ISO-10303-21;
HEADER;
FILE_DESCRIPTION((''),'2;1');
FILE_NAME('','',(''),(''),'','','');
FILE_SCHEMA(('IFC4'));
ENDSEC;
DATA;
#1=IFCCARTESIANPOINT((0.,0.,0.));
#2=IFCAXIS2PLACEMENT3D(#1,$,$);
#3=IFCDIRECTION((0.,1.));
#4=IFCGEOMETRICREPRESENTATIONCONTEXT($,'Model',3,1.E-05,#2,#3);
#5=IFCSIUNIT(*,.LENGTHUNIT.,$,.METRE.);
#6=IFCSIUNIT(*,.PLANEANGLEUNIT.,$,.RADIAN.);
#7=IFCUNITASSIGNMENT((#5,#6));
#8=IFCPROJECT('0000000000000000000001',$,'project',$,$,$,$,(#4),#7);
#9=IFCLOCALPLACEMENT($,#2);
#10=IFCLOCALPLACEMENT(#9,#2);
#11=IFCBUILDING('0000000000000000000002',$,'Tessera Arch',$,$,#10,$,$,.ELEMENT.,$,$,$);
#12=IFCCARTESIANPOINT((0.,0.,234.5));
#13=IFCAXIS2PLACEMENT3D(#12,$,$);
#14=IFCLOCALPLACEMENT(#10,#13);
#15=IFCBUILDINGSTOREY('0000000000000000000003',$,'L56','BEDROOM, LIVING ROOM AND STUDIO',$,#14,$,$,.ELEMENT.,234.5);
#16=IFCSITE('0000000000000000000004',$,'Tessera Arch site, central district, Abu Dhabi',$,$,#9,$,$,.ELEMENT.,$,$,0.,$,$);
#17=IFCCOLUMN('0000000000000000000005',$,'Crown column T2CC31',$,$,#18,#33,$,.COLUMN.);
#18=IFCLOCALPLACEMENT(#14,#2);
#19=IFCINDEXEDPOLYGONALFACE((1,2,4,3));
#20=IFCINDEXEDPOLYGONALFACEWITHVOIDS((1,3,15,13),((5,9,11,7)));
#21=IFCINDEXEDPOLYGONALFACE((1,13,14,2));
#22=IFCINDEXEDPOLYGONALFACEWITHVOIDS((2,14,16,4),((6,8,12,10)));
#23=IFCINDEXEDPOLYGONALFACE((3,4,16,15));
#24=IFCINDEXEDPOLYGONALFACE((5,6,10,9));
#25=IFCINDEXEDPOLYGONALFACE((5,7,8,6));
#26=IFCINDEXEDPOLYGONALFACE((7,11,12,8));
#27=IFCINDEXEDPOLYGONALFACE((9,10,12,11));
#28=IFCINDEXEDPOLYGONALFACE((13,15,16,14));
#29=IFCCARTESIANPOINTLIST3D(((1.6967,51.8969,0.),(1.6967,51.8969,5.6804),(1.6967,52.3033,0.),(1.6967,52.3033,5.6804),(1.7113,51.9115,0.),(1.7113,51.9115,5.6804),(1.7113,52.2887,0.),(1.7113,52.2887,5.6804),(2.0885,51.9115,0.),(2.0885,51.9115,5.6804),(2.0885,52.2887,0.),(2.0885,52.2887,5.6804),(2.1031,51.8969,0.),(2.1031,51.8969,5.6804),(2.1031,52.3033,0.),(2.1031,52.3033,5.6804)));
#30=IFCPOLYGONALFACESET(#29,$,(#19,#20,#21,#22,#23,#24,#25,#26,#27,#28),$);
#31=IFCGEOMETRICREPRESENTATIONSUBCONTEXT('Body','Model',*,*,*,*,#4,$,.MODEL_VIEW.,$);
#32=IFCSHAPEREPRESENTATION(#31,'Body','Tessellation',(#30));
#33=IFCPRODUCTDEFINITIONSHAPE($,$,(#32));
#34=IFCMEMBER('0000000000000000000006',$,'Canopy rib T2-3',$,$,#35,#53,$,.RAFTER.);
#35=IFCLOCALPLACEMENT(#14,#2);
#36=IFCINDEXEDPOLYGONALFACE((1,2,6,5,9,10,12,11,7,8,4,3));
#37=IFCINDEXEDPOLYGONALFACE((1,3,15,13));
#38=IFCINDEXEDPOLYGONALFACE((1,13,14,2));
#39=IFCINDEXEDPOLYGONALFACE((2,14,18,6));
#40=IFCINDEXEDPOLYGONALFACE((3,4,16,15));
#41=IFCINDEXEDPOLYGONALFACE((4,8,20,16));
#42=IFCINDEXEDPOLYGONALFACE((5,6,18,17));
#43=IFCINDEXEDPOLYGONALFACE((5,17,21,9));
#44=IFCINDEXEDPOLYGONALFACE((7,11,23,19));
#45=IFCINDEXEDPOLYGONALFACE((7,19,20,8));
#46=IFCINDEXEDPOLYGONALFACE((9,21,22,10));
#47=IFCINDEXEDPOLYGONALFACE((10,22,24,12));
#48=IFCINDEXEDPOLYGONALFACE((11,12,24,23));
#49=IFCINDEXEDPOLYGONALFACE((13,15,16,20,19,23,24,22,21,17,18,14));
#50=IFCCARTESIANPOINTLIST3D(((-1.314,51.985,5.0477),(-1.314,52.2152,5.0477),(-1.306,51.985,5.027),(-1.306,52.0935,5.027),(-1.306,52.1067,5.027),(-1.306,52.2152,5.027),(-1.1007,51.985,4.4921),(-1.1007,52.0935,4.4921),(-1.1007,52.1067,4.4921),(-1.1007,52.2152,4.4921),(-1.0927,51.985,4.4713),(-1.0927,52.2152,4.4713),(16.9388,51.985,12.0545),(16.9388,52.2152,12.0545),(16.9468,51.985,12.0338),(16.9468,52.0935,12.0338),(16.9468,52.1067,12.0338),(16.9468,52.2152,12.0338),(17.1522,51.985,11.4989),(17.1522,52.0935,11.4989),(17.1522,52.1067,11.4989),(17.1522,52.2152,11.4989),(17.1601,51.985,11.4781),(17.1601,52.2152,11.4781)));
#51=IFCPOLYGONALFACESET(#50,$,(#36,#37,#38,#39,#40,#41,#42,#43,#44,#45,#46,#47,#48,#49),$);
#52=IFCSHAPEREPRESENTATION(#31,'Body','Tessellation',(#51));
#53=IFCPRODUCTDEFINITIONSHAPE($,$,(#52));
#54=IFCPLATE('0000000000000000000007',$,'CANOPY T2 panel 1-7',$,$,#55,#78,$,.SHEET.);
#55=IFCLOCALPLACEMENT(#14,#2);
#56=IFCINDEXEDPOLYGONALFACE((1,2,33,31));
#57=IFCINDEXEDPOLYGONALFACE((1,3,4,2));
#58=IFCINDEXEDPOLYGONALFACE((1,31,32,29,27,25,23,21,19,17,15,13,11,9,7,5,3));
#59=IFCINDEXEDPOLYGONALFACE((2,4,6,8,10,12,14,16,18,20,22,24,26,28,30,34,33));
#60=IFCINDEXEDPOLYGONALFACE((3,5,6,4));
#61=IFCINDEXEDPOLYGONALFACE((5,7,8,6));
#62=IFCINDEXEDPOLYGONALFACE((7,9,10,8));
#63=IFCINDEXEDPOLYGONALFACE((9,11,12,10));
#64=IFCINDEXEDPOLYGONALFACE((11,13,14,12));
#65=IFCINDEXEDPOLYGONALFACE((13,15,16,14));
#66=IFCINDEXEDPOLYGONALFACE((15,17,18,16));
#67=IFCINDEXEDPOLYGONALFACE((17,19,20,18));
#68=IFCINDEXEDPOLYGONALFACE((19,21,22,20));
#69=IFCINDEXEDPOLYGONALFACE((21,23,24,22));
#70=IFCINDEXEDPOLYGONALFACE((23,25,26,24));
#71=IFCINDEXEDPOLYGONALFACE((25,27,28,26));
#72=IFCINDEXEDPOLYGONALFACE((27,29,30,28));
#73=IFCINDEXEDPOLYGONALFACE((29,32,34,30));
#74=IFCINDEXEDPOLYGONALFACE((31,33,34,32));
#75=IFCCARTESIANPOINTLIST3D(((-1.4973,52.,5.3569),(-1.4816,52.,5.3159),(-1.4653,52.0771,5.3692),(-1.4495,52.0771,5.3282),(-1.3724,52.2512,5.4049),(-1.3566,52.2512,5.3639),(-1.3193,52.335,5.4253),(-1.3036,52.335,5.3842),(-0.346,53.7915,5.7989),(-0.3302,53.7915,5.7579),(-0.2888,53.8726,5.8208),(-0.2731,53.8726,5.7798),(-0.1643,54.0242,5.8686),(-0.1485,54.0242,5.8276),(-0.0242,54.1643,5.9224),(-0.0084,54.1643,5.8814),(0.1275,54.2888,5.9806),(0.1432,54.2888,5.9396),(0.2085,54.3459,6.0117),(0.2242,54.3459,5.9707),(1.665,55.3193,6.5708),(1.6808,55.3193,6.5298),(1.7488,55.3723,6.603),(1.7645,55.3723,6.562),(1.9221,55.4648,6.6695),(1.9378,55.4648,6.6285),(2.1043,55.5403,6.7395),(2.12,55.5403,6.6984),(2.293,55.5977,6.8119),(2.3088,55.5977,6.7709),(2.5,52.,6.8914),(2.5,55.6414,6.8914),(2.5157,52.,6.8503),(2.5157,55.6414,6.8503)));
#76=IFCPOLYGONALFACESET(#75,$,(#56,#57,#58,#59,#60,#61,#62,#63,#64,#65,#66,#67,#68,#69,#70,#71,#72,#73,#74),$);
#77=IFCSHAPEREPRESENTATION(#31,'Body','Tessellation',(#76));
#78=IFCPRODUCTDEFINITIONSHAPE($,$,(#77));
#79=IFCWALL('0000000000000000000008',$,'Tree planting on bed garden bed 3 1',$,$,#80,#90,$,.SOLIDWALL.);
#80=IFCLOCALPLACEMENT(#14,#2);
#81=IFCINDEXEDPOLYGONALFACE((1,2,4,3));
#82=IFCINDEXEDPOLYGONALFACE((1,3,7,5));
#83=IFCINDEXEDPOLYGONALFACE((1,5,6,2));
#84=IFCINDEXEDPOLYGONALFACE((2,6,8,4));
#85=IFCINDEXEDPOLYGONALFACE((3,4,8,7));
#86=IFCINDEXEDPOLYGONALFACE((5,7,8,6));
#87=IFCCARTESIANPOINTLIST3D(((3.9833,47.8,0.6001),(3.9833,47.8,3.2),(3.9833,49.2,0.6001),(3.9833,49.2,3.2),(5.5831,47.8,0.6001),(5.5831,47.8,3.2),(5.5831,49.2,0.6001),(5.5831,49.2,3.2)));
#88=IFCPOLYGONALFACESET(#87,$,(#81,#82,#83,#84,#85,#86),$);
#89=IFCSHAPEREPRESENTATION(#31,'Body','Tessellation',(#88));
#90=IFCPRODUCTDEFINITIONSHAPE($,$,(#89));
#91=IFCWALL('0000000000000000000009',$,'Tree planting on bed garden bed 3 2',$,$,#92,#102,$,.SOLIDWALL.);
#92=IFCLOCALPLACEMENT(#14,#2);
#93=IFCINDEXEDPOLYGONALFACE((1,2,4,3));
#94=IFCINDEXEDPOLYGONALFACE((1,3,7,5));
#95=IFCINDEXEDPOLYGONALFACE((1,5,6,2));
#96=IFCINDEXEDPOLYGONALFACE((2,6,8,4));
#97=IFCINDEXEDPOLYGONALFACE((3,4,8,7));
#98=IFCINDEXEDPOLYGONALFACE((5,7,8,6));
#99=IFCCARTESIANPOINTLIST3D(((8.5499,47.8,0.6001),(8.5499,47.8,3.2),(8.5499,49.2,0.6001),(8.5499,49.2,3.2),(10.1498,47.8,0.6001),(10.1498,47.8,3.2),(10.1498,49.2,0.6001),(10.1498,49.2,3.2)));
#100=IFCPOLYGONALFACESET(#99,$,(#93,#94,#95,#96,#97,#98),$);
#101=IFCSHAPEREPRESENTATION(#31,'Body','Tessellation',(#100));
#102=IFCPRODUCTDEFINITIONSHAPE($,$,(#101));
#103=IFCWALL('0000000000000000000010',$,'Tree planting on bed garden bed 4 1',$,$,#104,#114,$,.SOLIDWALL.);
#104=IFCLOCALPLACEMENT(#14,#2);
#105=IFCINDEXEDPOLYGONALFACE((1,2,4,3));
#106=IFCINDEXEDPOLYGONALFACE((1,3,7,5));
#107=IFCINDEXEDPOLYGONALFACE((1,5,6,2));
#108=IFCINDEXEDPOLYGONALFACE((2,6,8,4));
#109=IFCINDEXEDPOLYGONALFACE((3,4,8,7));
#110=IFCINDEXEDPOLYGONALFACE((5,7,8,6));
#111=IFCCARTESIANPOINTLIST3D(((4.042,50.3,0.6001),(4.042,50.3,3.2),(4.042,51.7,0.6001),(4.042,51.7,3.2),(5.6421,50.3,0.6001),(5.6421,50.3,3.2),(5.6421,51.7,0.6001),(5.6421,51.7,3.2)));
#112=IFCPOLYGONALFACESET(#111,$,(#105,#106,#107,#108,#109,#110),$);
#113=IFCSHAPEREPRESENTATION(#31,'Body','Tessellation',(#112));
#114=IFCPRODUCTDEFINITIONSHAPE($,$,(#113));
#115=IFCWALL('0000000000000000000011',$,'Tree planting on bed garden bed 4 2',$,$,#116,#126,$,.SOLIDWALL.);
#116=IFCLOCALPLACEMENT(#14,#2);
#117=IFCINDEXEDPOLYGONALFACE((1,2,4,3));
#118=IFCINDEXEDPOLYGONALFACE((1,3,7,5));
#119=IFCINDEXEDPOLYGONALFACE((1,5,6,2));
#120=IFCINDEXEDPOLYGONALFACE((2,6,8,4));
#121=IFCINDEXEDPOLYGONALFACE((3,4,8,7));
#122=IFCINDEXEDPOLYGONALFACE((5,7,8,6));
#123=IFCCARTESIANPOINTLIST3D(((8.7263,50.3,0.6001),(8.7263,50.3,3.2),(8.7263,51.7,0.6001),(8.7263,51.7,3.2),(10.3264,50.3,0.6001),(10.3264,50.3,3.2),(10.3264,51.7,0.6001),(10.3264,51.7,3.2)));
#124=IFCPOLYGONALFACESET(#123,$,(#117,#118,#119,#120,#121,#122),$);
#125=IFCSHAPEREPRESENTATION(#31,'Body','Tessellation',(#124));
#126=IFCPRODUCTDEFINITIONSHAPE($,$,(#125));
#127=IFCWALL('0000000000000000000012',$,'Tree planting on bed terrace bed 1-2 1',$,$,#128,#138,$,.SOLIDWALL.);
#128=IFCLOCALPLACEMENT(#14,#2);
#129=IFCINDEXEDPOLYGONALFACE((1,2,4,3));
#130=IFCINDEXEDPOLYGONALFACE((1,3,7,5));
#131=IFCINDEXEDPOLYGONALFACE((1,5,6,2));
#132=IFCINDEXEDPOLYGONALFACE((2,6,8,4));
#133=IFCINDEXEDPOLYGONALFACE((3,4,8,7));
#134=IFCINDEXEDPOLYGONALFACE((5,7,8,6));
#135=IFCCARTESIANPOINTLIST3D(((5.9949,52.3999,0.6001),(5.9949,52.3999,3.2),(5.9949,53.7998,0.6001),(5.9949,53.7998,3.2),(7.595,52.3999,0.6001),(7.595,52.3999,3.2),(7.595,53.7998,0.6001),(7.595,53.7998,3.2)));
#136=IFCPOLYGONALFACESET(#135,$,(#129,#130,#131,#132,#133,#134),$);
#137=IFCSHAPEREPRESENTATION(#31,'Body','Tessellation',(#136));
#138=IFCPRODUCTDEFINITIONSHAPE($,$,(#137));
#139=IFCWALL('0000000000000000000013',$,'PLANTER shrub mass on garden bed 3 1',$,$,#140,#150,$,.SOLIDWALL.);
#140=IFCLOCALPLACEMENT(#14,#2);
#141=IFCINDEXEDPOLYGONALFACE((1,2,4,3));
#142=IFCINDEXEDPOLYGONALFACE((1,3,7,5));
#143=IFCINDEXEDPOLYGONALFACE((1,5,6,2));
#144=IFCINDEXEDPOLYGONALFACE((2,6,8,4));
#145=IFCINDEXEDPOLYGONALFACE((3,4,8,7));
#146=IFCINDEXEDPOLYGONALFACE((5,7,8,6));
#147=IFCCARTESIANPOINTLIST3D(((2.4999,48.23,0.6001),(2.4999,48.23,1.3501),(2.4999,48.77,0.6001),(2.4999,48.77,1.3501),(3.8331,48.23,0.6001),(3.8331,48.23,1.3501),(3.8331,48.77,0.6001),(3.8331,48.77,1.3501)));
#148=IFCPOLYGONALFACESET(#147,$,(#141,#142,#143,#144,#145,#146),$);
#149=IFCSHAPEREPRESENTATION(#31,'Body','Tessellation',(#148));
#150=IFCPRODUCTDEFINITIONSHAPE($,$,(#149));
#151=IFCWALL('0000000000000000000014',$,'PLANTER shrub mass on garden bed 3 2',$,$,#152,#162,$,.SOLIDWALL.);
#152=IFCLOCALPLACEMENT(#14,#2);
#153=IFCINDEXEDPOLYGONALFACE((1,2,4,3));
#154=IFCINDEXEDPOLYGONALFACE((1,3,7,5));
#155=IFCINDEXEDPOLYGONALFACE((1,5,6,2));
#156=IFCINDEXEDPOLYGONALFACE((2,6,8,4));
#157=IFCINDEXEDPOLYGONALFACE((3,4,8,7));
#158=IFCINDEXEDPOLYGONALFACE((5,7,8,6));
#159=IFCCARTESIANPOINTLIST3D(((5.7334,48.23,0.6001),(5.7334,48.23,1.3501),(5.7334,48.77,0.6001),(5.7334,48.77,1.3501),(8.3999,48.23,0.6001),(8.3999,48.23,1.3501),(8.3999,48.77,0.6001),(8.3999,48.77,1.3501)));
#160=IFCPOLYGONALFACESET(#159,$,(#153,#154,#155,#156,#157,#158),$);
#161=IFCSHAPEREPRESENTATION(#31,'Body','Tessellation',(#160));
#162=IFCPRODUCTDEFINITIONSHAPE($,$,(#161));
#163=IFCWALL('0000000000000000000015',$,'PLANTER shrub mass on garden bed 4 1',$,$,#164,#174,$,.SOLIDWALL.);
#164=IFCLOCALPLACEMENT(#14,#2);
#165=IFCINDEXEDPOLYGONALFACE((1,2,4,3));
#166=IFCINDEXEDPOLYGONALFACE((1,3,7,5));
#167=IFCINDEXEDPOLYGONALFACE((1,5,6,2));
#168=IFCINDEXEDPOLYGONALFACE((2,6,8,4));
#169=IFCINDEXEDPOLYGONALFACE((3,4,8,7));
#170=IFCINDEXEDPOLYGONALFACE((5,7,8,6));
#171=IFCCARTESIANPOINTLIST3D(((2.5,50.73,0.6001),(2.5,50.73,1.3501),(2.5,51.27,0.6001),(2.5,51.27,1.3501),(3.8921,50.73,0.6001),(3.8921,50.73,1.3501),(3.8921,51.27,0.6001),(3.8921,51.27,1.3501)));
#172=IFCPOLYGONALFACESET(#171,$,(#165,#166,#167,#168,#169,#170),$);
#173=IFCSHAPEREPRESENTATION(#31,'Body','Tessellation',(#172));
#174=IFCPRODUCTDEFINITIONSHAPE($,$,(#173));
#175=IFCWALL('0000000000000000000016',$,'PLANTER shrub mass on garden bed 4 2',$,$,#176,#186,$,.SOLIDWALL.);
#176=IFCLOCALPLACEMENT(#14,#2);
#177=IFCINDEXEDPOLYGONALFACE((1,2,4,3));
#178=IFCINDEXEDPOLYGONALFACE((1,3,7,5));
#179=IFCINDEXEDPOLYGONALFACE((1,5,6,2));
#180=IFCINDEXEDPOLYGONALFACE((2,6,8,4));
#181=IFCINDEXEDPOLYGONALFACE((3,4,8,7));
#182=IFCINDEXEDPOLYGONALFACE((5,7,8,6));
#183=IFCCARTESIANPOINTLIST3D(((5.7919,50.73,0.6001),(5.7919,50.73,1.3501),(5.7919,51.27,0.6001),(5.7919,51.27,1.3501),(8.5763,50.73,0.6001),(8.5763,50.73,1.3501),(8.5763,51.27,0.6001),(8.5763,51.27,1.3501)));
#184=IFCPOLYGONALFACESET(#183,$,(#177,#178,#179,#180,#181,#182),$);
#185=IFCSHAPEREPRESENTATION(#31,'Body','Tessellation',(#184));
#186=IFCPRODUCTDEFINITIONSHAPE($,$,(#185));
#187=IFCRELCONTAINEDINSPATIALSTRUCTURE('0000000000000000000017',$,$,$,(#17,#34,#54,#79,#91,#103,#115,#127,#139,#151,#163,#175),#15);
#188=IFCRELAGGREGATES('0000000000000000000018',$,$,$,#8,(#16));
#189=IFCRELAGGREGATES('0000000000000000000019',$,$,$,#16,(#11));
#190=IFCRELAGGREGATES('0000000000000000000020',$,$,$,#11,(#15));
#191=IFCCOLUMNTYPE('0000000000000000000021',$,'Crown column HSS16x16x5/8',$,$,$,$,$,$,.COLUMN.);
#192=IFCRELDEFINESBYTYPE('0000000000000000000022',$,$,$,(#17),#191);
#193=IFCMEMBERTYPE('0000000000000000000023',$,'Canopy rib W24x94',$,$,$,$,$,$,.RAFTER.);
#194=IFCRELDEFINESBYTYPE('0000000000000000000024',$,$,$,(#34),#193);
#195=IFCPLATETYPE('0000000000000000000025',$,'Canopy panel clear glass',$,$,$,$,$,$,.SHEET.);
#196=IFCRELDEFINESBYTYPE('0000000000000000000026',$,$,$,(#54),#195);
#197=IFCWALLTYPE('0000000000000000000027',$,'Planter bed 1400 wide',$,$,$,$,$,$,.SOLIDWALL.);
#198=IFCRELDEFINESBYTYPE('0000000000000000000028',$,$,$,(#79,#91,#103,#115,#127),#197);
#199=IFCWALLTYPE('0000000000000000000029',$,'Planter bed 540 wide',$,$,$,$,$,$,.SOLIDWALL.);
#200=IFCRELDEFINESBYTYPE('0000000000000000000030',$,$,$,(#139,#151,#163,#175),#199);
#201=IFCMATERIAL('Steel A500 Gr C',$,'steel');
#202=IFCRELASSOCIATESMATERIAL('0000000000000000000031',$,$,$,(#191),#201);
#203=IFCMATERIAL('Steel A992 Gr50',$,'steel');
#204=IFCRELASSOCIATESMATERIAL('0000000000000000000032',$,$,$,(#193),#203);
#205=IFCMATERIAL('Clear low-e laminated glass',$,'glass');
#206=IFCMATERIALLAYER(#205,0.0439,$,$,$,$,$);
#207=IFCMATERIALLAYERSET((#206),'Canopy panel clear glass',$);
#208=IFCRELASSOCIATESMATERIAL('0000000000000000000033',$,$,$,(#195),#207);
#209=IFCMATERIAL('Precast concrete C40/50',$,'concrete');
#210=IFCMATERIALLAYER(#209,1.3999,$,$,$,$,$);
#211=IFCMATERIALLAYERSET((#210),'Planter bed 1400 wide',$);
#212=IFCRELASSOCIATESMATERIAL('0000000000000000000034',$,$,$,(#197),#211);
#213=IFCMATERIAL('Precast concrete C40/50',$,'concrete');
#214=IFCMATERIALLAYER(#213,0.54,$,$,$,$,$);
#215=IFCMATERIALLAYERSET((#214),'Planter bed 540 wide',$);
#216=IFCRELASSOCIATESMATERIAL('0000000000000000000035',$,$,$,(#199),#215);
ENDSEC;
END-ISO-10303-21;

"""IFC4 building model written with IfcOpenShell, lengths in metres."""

from ifc_helpers import new_model, si_unit, direction, frame, frame_2d, origin, origin_2d, place, context, subcontext, project, spatial, polyline, rectangle, hollow_rectangle, i_section, outline, extrude, material, layer, layer_set, material_profile, profile_set, type_object, element, save


model = new_model("IFC4")

# Units and contexts
model_context = context("Model", 3, precision=1e-05, world=origin(), true_north=direction((0.0, 1.0)))
body_context = subcontext(model_context, "Body", "Model", "MODEL_VIEW")
ifc_project = project(units=[si_unit("LENGTHUNIT", "METRE"), si_unit("PLANEANGLEUNIT", "RADIAN")], contexts=[model_context])

# Site, building, storey
site_placement = place(None, origin())
site = spatial("IfcSite", under=ifc_project, at=site_placement, Name="Tessera Arch site, central district, Abu Dhabi", CompositionType="ELEMENT", RefElevation=0.0)
building_placement = place(site_placement, origin())
building = spatial("IfcBuilding", under=site, at=building_placement, Name="Tessera Arch", CompositionType="ELEMENT")
storey_placement = place(building_placement, frame((0.0, 0.0, 234.5)))
storey = spatial("IfcBuildingStorey", under=building, at=storey_placement, Name="L56", Description="BEDROOM, LIVING ROOM AND STUDIO", CompositionType="ELEMENT", Elevation=234.5)

# Column
ifc_material_1 = material(Name="Steel A500 Gr C", Category="steel")
ifc_material_profile_1 = material_profile(ifc_material_1, hollow_rectangle(XDim=0.4065, YDim=0.4065, WallThickness=0.0146, at=origin_2d()), Name="HSS16x16x5/8")
ifc_profile_set_1 = profile_set([ifc_material_profile_1], Name="Steel A500 Gr C")
column_type = type_object("IfcColumnType", Name="Crown column HSS16x16x5/8", PredefinedType="COLUMN", material=ifc_profile_set_1)
column_placement = place(storey_placement, frame((1.8999, 52.1001, 0.0), z_axis=(0.0, 0.0, 1.0), x_axis=(1.0, 0.0, 0.0)))
element("IfcColumn", 1, at=column_placement, inside=storey, type_object=column_type, Name="Crown column T2CC31", PredefinedType="COLUMN", context=body_context, shape_type="SweptSolid", body=[
    extrude(hollow_rectangle(XDim=0.4065, YDim=0.4065, WallThickness=0.0146, at=origin_2d()), origin(), (0.0, 0.0, 1.0), 5.6804),
])

# Member
ifc_material_2 = material(Name="Steel A992 Gr50", Category="steel")
ifc_material_profile_2 = material_profile(ifc_material_2, i_section(OverallWidth=0.2302, OverallDepth=0.6174, WebThickness=0.0132, FlangeThickness=0.0222, at=origin_2d()), Name="W24x94")
ifc_profile_set_2 = profile_set([ifc_material_profile_2], Name="Steel A992 Gr50")
member_type = type_object("IfcMemberType", Name="Canopy rib W24x94", PredefinedType="RAFTER", material=ifc_profile_set_2)
member_placement = place(storey_placement, frame((-1.2034, 52.1001, 4.7595), z_axis=(0.933577, 0.0, 0.358377), x_axis=(0.0, 1.0, 0.0)))
element("IfcMember", 2, at=member_placement, inside=storey, type_object=member_type, Name="Canopy rib T2-3", PredefinedType="RAFTER", context=body_context, shape_type="SweptSolid", body=[
    extrude(i_section(OverallWidth=0.2302, OverallDepth=0.6174, WebThickness=0.0132, FlangeThickness=0.0222, at=origin_2d()), origin(), (0.0, 0.0, 1.0), 19.5515),
])

# Plate
ifc_material_3 = material(Name="Clear low-e laminated glass", Category="glass")
ifc_layer_1 = layer(ifc_material_3, 0.0439)
ifc_layer_set_1 = layer_set([ifc_layer_1], Name="Canopy panel clear glass")
plate_type = type_object("IfcPlateType", Name="Canopy panel clear glass", PredefinedType="SHEET", material=ifc_layer_set_1)
plate_placement = place(storey_placement, frame((-1.4973, 52.0, 5.3569), z_axis=(-0.358372, 0.000003, 0.933579), x_axis=(0.933579, 0.0, 0.358372)))
element("IfcPlate", 3, at=plate_placement, inside=storey, type_object=plate_type, Name="CANOPY T2 panel 1-7", PredefinedType="SHEET", context=body_context, shape_type="SweptSolid", body=[
    extrude(outline(polyline([(0.0, 0.0), (4.2817, 0.0), (4.2817, 3.6414), (4.06, 3.5977), (3.8578, 3.5403), (3.6627, 3.4648), (3.477, 3.3723), (3.3873, 3.3193), (1.8272, 2.3459), (1.7404, 2.2888), (1.5779, 2.1643), (1.4279, 2.0242), (1.2945, 1.8726), (1.2333, 1.7915), (0.1907, 0.335), (0.1338, 0.2512), (0.0343, 0.0771), (0.0, 0.0)])), origin(), (0.0, 0.0, -1.0), 0.0439),
])

# Walls
ifc_material_4 = material(Name="Precast concrete C40/50", Category="concrete")
ifc_layer_2 = layer(ifc_material_4, 1.3999)
ifc_layer_set_2 = layer_set([ifc_layer_2], Name="Planter bed 1400 wide")
wall_type_1 = type_object("IfcWallType", Name="Planter bed 1400 wide", PredefinedType="SOLIDWALL", material=ifc_layer_set_2)
for number, where, z_axis, x_axis, name in (
    (4, (3.9834, 48.5, 0.6001), (0.0, 0.0, 1.0), (1.0, 0.0, 0.0), "Tree planting on bed garden bed 3 1"),
    (5, (8.55, 48.5, 0.6001), (0.0, 0.0, 1.0), (1.0, 0.0, 0.0), "Tree planting on bed garden bed 3 2"),
):
    element("IfcWall", number, at=place(storey_placement, frame(where, z_axis=z_axis, x_axis=x_axis)), inside=storey, type_object=wall_type_1, Name=name, PredefinedType="SOLIDWALL", context=body_context, shape_type="SweptSolid", body=[
        extrude(rectangle(XDim=1.5999, YDim=1.3999, at=frame_2d((0.7998, 0.0))), origin(), (0.0, 0.0, 1.0), 2.5999),
    ])
for number, where, z_axis, x_axis, name in (
    (6, (4.042, 51.0, 0.6001), (0.0, 0.0, 1.0), (1.0, 0.0, 0.0), "Tree planting on bed garden bed 4 1"),
    (7, (8.7263, 51.0, 0.6001), (0.0, 0.0, 1.0), (1.0, 0.0, 0.0), "Tree planting on bed garden bed 4 2"),
    (8, (5.9949, 53.0999, 0.6001), (0.0, 0.0, 1.0), (1.0, 0.0, 0.0), "Tree planting on bed terrace bed 1-2 1"),
):
    element("IfcWall", number, at=place(storey_placement, frame(where, z_axis=z_axis, x_axis=x_axis)), inside=storey, type_object=wall_type_1, Name=name, PredefinedType="SOLIDWALL", context=body_context, shape_type="SweptSolid", body=[
        extrude(rectangle(XDim=1.6001, YDim=1.3999, at=frame_2d((0.8, 0.0))), origin(), (0.0, 0.0, 1.0), 2.5999),
    ])
ifc_material_5 = material(Name="Precast concrete C40/50", Category="concrete")
ifc_layer_3 = layer(ifc_material_5, 0.54)
ifc_layer_set_3 = layer_set([ifc_layer_3], Name="Planter bed 540 wide")
wall_type_2 = type_object("IfcWallType", Name="Planter bed 540 wide", PredefinedType="SOLIDWALL", material=ifc_layer_set_3)
wall_1_placement = place(storey_placement, frame((2.5, 48.5, 0.6001), z_axis=(0.0, 0.0, 1.0), x_axis=(1.0, 0.0, 0.0)))
element("IfcWall", 9, at=wall_1_placement, inside=storey, type_object=wall_type_2, Name="PLANTER shrub mass on garden bed 3 1", PredefinedType="SOLIDWALL", context=body_context, shape_type="SweptSolid", body=[
    extrude(rectangle(XDim=1.3333, YDim=0.54, at=frame_2d((0.6665, 0.0))), origin(), (0.0, 0.0, 1.0), 0.75),
])
wall_2_placement = place(storey_placement, frame((5.7334, 48.5, 0.6001), z_axis=(0.0, 0.0, 1.0), x_axis=(1.0, 0.0, 0.0)))
element("IfcWall", 10, at=wall_2_placement, inside=storey, type_object=wall_type_2, Name="PLANTER shrub mass on garden bed 3 2", PredefinedType="SOLIDWALL", context=body_context, shape_type="SweptSolid", body=[
    extrude(rectangle(XDim=2.6665, YDim=0.54, at=frame_2d((1.3333, 0.0))), origin(), (0.0, 0.0, 1.0), 0.75),
])
wall_3_placement = place(storey_placement, frame((2.5, 51.0, 0.6001), z_axis=(0.0, 0.0, 1.0), x_axis=(1.0, 0.0, 0.0)))
element("IfcWall", 11, at=wall_3_placement, inside=storey, type_object=wall_type_2, Name="PLANTER shrub mass on garden bed 4 1", PredefinedType="SOLIDWALL", context=body_context, shape_type="SweptSolid", body=[
    extrude(rectangle(XDim=1.3921, YDim=0.54, at=frame_2d((0.696, 0.0))), origin(), (0.0, 0.0, 1.0), 0.75),
])
wall_4_placement = place(storey_placement, frame((5.792, 51.0, 0.6001), z_axis=(0.0, 0.0, 1.0), x_axis=(1.0, 0.0, 0.0)))
element("IfcWall", 12, at=wall_4_placement, inside=storey, type_object=wall_type_2, Name="PLANTER shrub mass on garden bed 4 2", PredefinedType="SOLIDWALL", context=body_context, shape_type="SweptSolid", body=[
    extrude(rectangle(XDim=2.7844, YDim=0.54, at=frame_2d((1.3921, 0.0))), origin(), (0.0, 0.0, 1.0), 0.75),
])

save(model, "model.ifc")
